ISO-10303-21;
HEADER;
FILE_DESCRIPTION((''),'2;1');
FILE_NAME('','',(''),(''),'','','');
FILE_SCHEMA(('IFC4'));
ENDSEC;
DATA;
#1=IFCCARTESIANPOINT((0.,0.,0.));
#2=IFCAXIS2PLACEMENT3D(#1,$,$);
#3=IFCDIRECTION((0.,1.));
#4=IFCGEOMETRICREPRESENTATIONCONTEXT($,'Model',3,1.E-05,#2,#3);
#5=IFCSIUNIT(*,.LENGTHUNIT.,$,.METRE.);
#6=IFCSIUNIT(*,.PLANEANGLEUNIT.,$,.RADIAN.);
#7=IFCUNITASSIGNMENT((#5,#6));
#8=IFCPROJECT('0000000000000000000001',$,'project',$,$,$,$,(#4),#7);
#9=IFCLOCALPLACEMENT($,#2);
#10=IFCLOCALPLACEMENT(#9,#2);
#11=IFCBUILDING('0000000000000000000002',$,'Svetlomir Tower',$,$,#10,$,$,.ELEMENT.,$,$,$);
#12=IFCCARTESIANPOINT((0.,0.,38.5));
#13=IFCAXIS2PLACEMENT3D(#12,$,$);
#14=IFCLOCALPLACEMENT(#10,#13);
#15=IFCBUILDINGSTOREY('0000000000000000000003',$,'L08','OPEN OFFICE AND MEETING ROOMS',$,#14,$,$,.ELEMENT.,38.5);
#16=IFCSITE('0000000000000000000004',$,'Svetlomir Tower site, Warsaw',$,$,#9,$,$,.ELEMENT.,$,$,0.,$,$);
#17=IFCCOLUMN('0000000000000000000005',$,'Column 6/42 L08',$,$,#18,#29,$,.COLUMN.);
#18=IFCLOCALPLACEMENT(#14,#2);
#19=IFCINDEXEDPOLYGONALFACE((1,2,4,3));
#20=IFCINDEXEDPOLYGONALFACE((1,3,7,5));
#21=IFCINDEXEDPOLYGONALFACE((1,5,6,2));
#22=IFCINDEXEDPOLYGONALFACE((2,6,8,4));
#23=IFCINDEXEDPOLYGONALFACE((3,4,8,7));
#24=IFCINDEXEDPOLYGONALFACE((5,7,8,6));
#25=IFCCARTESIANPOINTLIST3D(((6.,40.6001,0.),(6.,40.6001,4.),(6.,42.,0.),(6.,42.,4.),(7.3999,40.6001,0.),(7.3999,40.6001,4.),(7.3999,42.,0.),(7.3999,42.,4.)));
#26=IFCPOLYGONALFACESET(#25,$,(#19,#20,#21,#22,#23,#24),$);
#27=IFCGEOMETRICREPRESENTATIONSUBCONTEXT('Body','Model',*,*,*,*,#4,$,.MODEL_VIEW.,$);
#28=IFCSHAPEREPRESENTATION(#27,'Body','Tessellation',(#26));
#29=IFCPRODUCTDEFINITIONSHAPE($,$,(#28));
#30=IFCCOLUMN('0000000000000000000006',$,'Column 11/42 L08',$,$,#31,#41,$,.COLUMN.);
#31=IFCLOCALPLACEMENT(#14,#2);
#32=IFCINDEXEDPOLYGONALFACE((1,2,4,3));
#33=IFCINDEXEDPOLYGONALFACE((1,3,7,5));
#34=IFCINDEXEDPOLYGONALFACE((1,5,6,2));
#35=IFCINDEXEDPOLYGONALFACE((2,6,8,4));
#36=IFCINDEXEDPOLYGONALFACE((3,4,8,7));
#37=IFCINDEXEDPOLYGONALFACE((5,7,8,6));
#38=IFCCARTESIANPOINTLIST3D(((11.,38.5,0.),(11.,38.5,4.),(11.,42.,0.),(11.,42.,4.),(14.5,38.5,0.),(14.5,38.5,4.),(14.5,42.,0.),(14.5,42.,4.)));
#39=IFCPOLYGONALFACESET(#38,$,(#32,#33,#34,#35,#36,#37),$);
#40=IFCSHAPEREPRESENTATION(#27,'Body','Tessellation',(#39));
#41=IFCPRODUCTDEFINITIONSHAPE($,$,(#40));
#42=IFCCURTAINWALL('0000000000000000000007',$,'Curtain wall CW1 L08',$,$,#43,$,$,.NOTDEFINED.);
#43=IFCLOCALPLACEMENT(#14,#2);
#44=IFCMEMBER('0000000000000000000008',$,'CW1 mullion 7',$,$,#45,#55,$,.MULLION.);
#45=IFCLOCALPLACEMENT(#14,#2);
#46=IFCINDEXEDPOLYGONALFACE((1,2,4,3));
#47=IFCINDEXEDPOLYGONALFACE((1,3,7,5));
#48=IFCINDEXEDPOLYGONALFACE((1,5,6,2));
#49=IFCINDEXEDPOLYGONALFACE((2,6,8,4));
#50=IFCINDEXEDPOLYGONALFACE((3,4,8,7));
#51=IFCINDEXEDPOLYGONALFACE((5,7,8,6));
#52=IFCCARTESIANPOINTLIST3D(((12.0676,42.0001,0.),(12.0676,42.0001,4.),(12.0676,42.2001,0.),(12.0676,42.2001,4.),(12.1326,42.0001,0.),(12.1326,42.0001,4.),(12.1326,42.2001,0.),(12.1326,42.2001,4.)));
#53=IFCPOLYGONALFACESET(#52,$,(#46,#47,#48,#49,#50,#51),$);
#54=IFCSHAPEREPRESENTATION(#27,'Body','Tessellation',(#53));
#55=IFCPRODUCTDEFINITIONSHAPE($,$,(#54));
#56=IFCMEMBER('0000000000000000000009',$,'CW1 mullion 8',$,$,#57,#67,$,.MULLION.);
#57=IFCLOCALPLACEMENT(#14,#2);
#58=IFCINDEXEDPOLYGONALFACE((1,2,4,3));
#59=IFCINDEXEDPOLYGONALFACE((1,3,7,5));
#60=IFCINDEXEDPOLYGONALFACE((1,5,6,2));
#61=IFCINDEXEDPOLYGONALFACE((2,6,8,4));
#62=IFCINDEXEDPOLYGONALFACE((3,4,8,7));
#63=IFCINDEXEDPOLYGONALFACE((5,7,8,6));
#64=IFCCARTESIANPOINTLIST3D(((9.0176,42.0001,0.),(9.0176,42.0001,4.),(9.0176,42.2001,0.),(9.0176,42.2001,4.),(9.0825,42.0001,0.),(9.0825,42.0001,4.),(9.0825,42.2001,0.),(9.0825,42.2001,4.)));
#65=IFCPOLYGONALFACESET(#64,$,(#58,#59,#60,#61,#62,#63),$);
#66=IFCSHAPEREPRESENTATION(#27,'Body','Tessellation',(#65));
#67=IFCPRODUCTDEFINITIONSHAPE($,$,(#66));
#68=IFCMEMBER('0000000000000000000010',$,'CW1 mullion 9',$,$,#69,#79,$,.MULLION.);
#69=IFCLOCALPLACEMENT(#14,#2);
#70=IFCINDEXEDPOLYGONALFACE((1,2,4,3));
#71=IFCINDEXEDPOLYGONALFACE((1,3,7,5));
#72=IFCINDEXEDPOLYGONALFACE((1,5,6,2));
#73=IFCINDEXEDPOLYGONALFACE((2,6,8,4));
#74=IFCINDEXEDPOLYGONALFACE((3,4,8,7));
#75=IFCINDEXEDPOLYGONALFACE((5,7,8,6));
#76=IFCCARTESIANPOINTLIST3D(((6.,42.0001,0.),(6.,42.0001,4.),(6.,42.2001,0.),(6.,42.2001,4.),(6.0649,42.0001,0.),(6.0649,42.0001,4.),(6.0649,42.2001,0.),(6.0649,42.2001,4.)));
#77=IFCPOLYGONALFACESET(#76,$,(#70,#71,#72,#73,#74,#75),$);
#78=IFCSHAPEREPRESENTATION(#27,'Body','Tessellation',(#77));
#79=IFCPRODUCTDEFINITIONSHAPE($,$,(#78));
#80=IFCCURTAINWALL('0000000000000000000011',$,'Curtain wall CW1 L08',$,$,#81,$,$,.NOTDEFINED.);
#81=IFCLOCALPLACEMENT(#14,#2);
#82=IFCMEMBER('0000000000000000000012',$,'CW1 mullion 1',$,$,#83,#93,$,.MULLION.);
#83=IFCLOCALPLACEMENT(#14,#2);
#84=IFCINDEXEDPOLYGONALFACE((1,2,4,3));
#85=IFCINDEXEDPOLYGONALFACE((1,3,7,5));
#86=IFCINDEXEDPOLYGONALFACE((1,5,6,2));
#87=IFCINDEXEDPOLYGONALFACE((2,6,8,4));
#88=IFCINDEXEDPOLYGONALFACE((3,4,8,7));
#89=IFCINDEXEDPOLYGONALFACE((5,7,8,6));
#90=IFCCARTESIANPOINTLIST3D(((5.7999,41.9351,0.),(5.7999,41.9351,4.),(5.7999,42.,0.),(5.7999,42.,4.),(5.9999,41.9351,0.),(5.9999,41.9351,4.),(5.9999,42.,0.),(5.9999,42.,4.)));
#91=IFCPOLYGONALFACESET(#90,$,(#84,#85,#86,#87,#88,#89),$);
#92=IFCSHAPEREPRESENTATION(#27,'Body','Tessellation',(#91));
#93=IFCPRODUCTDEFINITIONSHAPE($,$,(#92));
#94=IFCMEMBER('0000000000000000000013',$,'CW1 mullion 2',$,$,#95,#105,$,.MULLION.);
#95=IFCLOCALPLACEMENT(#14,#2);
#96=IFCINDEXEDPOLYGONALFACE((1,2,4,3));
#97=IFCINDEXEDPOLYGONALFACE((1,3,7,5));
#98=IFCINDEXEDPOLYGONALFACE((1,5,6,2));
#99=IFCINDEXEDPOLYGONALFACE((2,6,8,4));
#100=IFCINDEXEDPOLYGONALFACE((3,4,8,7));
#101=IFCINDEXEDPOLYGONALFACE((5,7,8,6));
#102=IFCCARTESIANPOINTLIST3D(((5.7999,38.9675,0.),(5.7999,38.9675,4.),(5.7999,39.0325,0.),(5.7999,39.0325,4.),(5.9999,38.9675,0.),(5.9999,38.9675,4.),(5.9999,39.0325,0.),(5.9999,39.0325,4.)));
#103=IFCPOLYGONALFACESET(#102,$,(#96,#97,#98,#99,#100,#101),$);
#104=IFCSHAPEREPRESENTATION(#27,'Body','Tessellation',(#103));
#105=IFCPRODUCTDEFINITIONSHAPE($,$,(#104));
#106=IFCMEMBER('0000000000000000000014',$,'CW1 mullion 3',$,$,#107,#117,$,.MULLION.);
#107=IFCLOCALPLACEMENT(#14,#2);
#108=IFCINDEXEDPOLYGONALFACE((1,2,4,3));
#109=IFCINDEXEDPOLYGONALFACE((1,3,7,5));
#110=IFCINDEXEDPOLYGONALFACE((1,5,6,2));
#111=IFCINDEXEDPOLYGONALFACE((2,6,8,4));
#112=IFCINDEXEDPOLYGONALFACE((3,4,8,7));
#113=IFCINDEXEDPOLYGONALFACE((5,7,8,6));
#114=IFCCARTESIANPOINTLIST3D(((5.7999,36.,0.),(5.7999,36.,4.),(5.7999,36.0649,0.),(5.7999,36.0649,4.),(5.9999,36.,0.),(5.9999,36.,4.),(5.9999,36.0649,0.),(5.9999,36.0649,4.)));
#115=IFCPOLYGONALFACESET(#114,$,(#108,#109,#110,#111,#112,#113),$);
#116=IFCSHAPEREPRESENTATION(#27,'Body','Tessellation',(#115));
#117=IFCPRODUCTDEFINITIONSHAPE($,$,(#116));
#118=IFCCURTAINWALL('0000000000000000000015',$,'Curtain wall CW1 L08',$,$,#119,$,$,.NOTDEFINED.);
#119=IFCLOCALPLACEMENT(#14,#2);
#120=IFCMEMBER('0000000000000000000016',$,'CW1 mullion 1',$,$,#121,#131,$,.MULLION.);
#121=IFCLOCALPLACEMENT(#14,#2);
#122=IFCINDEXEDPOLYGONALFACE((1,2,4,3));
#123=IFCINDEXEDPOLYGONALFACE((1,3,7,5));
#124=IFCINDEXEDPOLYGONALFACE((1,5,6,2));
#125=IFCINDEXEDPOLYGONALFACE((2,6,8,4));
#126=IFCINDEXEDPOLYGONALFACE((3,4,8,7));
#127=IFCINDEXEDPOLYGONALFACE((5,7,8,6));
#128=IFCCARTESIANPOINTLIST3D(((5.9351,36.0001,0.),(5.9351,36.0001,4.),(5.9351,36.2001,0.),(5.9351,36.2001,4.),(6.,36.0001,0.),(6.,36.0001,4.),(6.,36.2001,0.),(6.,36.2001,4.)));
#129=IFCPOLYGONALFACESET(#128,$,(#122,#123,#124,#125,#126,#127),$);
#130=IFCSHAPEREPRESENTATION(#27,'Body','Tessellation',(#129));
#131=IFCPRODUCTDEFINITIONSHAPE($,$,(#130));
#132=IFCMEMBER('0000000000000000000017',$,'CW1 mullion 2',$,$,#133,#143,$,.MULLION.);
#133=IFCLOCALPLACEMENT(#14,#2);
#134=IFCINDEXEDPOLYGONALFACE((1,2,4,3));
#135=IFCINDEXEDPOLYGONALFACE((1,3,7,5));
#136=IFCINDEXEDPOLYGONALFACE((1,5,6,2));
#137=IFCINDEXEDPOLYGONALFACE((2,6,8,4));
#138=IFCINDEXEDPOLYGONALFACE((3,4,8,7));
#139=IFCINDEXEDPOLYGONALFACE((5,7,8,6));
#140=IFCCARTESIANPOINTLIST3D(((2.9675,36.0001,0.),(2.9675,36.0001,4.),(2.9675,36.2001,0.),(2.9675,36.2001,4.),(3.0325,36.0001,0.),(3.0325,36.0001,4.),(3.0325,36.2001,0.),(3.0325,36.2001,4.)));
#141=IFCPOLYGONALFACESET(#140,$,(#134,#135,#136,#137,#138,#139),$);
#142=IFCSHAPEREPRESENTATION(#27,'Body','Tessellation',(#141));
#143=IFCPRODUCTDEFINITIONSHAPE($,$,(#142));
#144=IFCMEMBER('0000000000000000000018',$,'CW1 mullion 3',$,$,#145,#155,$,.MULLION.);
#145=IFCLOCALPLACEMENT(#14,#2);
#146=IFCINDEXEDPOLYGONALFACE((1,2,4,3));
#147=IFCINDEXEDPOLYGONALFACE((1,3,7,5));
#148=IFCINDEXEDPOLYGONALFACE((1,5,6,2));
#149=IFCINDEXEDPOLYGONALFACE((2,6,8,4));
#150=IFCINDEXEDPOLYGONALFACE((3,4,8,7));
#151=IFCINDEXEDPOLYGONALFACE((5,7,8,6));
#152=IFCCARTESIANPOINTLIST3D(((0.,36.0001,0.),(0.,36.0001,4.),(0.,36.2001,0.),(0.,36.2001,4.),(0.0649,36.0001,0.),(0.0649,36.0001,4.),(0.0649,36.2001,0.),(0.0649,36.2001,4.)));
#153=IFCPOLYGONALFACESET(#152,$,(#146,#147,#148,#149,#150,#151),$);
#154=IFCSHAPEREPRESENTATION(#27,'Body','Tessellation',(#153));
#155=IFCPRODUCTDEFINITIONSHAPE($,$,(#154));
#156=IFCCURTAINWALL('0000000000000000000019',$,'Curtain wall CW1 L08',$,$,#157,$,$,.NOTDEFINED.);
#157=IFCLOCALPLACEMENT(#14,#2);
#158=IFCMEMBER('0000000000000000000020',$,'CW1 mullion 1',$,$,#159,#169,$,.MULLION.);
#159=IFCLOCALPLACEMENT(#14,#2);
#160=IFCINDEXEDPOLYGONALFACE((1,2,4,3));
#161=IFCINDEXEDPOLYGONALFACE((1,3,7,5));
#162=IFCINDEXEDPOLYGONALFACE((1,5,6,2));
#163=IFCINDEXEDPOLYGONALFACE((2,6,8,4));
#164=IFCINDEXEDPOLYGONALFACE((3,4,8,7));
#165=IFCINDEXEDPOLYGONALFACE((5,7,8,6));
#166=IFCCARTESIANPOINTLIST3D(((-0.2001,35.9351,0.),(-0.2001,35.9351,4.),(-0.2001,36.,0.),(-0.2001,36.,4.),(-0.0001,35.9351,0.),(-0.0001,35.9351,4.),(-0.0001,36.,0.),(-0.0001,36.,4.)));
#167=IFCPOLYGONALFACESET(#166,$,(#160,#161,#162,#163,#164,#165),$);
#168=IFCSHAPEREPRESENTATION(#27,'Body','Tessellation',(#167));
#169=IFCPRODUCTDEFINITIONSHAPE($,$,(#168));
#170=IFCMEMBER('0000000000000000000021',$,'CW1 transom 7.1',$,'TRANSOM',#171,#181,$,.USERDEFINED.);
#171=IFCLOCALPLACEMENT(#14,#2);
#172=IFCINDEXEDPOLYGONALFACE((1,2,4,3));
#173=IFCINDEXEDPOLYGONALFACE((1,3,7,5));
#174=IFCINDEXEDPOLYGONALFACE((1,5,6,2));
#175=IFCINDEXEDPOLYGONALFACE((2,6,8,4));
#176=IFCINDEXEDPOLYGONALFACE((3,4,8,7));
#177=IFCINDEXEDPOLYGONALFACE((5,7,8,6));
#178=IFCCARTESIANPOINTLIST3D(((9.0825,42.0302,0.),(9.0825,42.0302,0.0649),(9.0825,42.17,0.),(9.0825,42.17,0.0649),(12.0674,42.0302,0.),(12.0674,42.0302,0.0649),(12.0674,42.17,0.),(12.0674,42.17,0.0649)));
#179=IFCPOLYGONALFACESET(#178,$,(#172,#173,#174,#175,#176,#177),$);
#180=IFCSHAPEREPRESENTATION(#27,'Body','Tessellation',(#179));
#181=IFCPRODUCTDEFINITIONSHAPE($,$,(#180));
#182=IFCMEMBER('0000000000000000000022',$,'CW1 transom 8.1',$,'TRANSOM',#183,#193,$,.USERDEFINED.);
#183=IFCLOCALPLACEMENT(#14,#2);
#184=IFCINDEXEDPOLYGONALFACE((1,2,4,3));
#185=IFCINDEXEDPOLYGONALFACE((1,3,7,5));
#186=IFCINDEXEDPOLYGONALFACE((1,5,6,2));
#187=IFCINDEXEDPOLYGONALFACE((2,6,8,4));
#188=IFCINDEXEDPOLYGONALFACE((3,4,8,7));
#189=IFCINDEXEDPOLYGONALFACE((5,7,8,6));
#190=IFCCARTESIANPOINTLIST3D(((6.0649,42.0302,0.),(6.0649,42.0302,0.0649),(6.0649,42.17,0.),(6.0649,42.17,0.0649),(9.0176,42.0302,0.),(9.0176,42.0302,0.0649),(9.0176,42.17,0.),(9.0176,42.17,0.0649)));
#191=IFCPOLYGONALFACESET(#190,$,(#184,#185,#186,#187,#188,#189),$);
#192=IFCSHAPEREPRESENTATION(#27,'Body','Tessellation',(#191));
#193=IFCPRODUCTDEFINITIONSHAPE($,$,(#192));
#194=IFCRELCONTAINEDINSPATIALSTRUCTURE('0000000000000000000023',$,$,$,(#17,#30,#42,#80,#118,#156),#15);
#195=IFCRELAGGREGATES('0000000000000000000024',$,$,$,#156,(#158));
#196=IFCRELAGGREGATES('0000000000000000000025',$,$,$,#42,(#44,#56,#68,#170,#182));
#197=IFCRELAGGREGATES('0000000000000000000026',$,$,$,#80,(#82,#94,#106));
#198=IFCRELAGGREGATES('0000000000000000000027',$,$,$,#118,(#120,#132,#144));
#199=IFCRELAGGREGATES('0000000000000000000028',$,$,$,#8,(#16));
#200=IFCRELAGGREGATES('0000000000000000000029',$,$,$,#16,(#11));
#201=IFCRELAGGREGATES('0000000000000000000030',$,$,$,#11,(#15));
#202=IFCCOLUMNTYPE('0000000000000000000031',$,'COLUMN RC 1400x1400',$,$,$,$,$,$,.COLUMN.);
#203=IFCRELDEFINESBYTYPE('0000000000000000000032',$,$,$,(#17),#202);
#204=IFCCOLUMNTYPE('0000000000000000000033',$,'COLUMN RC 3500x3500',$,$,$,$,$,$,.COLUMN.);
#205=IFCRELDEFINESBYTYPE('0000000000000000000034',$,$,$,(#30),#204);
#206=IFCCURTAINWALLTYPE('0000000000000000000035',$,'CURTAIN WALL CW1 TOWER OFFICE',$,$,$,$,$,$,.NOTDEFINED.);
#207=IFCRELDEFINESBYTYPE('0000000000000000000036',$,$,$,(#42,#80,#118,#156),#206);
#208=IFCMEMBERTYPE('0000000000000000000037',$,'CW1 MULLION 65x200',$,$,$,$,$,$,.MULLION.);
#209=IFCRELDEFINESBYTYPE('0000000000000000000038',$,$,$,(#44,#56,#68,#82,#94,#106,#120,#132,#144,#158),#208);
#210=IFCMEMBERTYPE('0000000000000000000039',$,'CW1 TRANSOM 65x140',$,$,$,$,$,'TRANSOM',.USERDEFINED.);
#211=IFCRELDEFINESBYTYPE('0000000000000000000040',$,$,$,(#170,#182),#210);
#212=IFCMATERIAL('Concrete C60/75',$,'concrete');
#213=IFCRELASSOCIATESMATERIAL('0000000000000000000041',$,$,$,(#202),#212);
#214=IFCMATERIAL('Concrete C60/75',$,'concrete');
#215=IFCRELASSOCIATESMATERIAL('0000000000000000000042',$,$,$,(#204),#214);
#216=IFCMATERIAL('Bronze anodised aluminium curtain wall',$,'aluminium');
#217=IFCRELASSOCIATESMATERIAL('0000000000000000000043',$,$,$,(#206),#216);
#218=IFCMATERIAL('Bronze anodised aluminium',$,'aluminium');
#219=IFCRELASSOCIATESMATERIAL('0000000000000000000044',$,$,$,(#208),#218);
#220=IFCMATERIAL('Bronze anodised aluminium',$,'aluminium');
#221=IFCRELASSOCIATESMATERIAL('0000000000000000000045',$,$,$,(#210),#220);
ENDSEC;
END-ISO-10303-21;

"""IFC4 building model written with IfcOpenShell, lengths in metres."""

from ifc_helpers import new_model, si_unit, direction, frame, origin, origin_2d, place, context, subcontext, project, spatial, rectangle, extrude, material, material_profile, profile_set, type_object, element, aggregate, save


model = new_model("IFC4")

# Units and contexts
model_context = context("Model", 3, precision=1e-05, world=origin(), true_north=direction((0.0, 1.0)))
body_context = subcontext(model_context, "Body", "Model", "MODEL_VIEW")
ifc_project = project(units=[si_unit("LENGTHUNIT", "METRE"), si_unit("PLANEANGLEUNIT", "RADIAN")], contexts=[model_context])

# Site, building, storey
site_placement = place(None, origin())
site = spatial("IfcSite", under=ifc_project, at=site_placement, Name="Svetlomir Tower site, Warsaw", CompositionType="ELEMENT", RefElevation=0.0)
building_placement = place(site_placement, origin())
building = spatial("IfcBuilding", under=site, at=building_placement, Name="Svetlomir Tower", CompositionType="ELEMENT")
storey_placement = place(building_placement, frame((0.0, 0.0, 38.5)))
storey = spatial("IfcBuildingStorey", under=building, at=storey_placement, Name="L08", Description="OPEN OFFICE AND MEETING ROOMS", CompositionType="ELEMENT", Elevation=38.5)

# Columns
ifc_material_1 = material(Name="Concrete C60/75", Category="concrete")
ifc_material_profile_1 = material_profile(ifc_material_1, rectangle(XDim=1.3999, YDim=1.3999, at=origin_2d()), Name="RC 1400x1400")
ifc_profile_set_1 = profile_set([ifc_material_profile_1], Name="Concrete C60/75")
column_type_1 = type_object("IfcColumnType", Name="COLUMN RC 1400x1400", PredefinedType="COLUMN", material=ifc_profile_set_1)
column_1_placement = place(storey_placement, frame((6.7, 41.3, 0.0), z_axis=(0.0, 0.0, 1.0), x_axis=(1.0, 0.0, 0.0)))
element("IfcColumn", 1, at=column_1_placement, inside=storey, type_object=column_type_1, Name="Column 6/42 L08", PredefinedType="COLUMN", context=body_context, shape_type="SweptSolid", body=[
    extrude(rectangle(XDim=1.3999, YDim=1.3999, at=origin_2d()), origin(), (0.0, 0.0, 1.0), 4.0),
])
ifc_material_2 = material(Name="Concrete C60/75", Category="concrete")
ifc_material_profile_2 = material_profile(ifc_material_2, rectangle(XDim=3.5, YDim=3.5, at=origin_2d()), Name="RC 3500x3500")
ifc_profile_set_2 = profile_set([ifc_material_profile_2], Name="Concrete C60/75")
column_type_2 = type_object("IfcColumnType", Name="COLUMN RC 3500x3500", PredefinedType="COLUMN", material=ifc_profile_set_2)
column_2_placement = place(storey_placement, frame((12.75, 40.25, 0.0), z_axis=(0.0, 0.0, 1.0), x_axis=(1.0, 0.0, 0.0)))
element("IfcColumn", 2, at=column_2_placement, inside=storey, type_object=column_type_2, Name="Column 11/42 L08", PredefinedType="COLUMN", context=body_context, shape_type="SweptSolid", body=[
    extrude(rectangle(XDim=3.5, YDim=3.5, at=origin_2d()), origin(), (0.0, 0.0, 1.0), 4.0),
])

# Curtain walls, members
ifc_material_3 = material(Name="Bronze anodised aluminium curtain wall", Category="aluminium")
curtain_wall_type = type_object("IfcCurtainWallType", Name="CURTAIN WALL CW1 TOWER OFFICE", PredefinedType="NOTDEFINED", material=ifc_material_3)
curtain_wall_1_placement = place(storey_placement, origin())
curtain_wall_1 = element("IfcCurtainWall", 3, at=curtain_wall_1_placement, inside=storey, type_object=curtain_wall_type, Name="Curtain wall CW1 L08", PredefinedType="NOTDEFINED")
ifc_material_4 = material(Name="Bronze anodised aluminium", Category="aluminium")
ifc_material_profile_3 = material_profile(ifc_material_4, rectangle(XDim=0.0649, YDim=0.2, at=origin_2d()), Name="AL 65x200")
ifc_profile_set_3 = profile_set([ifc_material_profile_3], Name="Bronze anodised aluminium 6063-T6")
member_type_1 = type_object("IfcMemberType", Name="CW1 MULLION 65x200", PredefinedType="MULLION", material=ifc_profile_set_3)
member_1_placement = place(storey_placement, frame((12.1001, 42.1001, 0.0), z_axis=(0.0, 0.0, 1.0), x_axis=(-1.0, 0.0, 0.0)))
member_1 = element("IfcMember", 4, at=member_1_placement, type_object=member_type_1, Name="CW1 mullion 7", PredefinedType="MULLION", context=body_context, shape_type="SweptSolid", body=[
    extrude(rectangle(XDim=0.0649, YDim=0.2, at=origin_2d()), origin(), (0.0, 0.0, 1.0), 4.0),
])
member_2_placement = place(storey_placement, frame((9.05, 42.1001, 0.0), z_axis=(0.0, 0.0, 1.0), x_axis=(-1.0, 0.0, 0.0)))
member_2 = element("IfcMember", 5, at=member_2_placement, type_object=member_type_1, Name="CW1 mullion 8", PredefinedType="MULLION", context=body_context, shape_type="SweptSolid", body=[
    extrude(rectangle(XDim=0.0649, YDim=0.2, at=origin_2d()), origin(), (0.0, 0.0, 1.0), 4.0),
])
member_3_placement = place(storey_placement, frame((6.0325, 42.1001, 0.0), z_axis=(0.0, 0.0, 1.0), x_axis=(-1.0, 0.0, 0.0)))
member_3 = element("IfcMember", 6, at=member_3_placement, type_object=member_type_1, Name="CW1 mullion 9", PredefinedType="MULLION", context=body_context, shape_type="SweptSolid", body=[
    extrude(rectangle(XDim=0.0649, YDim=0.2, at=origin_2d()), origin(), (0.0, 0.0, 1.0), 4.0),
])
curtain_wall_2_placement = place(storey_placement, origin())
curtain_wall_2 = element("IfcCurtainWall", 7, at=curtain_wall_2_placement, inside=storey, type_object=curtain_wall_type, Name="Curtain wall CW1 L08", PredefinedType="NOTDEFINED")
member_4_placement = place(storey_placement, frame((5.8999, 41.9675, 0.0), z_axis=(0.0, 0.0, 1.0), x_axis=(0.0, -1.0, 0.0)))
member_4 = element("IfcMember", 8, at=member_4_placement, type_object=member_type_1, Name="CW1 mullion 1", PredefinedType="MULLION", context=body_context, shape_type="SweptSolid", body=[
    extrude(rectangle(XDim=0.0649, YDim=0.2, at=origin_2d()), origin(), (0.0, 0.0, 1.0), 4.0),
])
member_5_placement = place(storey_placement, frame((5.8999, 39.0, 0.0), z_axis=(0.0, 0.0, 1.0), x_axis=(0.0, -1.0, 0.0)))
member_5 = element("IfcMember", 9, at=member_5_placement, type_object=member_type_1, Name="CW1 mullion 2", PredefinedType="MULLION", context=body_context, shape_type="SweptSolid", body=[
    extrude(rectangle(XDim=0.0649, YDim=0.2, at=origin_2d()), origin(), (0.0, 0.0, 1.0), 4.0),
])
member_6_placement = place(storey_placement, frame((5.8999, 36.0325, 0.0), z_axis=(0.0, 0.0, 1.0), x_axis=(0.0, -1.0, 0.0)))
member_6 = element("IfcMember", 10, at=member_6_placement, type_object=member_type_1, Name="CW1 mullion 3", PredefinedType="MULLION", context=body_context, shape_type="SweptSolid", body=[
    extrude(rectangle(XDim=0.0649, YDim=0.2, at=origin_2d()), origin(), (0.0, 0.0, 1.0), 4.0),
])
curtain_wall_3_placement = place(storey_placement, origin())
curtain_wall_3 = element("IfcCurtainWall", 11, at=curtain_wall_3_placement, inside=storey, type_object=curtain_wall_type, Name="Curtain wall CW1 L08", PredefinedType="NOTDEFINED")
member_7_placement = place(storey_placement, frame((5.9675, 36.1001, 0.0), z_axis=(0.0, 0.0, 1.0), x_axis=(-1.0, 0.0, 0.0)))
member_7 = element("IfcMember", 12, at=member_7_placement, type_object=member_type_1, Name="CW1 mullion 1", PredefinedType="MULLION", context=body_context, shape_type="SweptSolid", body=[
    extrude(rectangle(XDim=0.0649, YDim=0.2, at=origin_2d()), origin(), (0.0, 0.0, 1.0), 4.0),
])
member_8_placement = place(storey_placement, frame((3.0, 36.1001, 0.0), z_axis=(0.0, 0.0, 1.0), x_axis=(-1.0, 0.0, 0.0)))
member_8 = element("IfcMember", 13, at=member_8_placement, type_object=member_type_1, Name="CW1 mullion 2", PredefinedType="MULLION", context=body_context, shape_type="SweptSolid", body=[
    extrude(rectangle(XDim=0.0649, YDim=0.2, at=origin_2d()), origin(), (0.0, 0.0, 1.0), 4.0),
])
member_9_placement = place(storey_placement, frame((0.0325, 36.1001, 0.0), z_axis=(0.0, 0.0, 1.0), x_axis=(-1.0, 0.0, 0.0)))
member_9 = element("IfcMember", 14, at=member_9_placement, type_object=member_type_1, Name="CW1 mullion 3", PredefinedType="MULLION", context=body_context, shape_type="SweptSolid", body=[
    extrude(rectangle(XDim=0.0649, YDim=0.2, at=origin_2d()), origin(), (0.0, 0.0, 1.0), 4.0),
])

# Curtain wall, member
curtain_wall_4_placement = place(storey_placement, origin())
curtain_wall_4 = element("IfcCurtainWall", 15, at=curtain_wall_4_placement, inside=storey, type_object=curtain_wall_type, Name="Curtain wall CW1 L08", PredefinedType="NOTDEFINED")
member_10_placement = place(storey_placement, frame((-0.1001, 35.9675, 0.0), z_axis=(0.0, 0.0, 1.0), x_axis=(0.0, -1.0, 0.0)))
member_10 = element("IfcMember", 16, at=member_10_placement, type_object=member_type_1, Name="CW1 mullion 1", PredefinedType="MULLION", context=body_context, shape_type="SweptSolid", body=[
    extrude(rectangle(XDim=0.0649, YDim=0.2, at=origin_2d()), origin(), (0.0, 0.0, 1.0), 4.0),
])

# Members
ifc_material_5 = material(Name="Bronze anodised aluminium", Category="aluminium")
ifc_material_profile_4 = material_profile(ifc_material_5, rectangle(XDim=0.1399, YDim=0.0649, at=origin_2d()), Name="AL 140x65")
ifc_profile_set_4 = profile_set([ifc_material_profile_4], Name="Bronze anodised aluminium 6063-T6")
member_type_2 = type_object("IfcMemberType", Name="CW1 TRANSOM 65x140", ElementType="TRANSOM", PredefinedType="USERDEFINED", material=ifc_profile_set_4)
member_11_placement = place(storey_placement, frame((12.0674, 42.1001, 0.0325), z_axis=(-1.0, 0.0, 0.0), x_axis=(0.0, -1.0, 0.0)))
member_11 = element("IfcMember", 17, at=member_11_placement, type_object=member_type_2, Name="CW1 transom 7.1", ObjectType="TRANSOM", PredefinedType="USERDEFINED", context=body_context, shape_type="SweptSolid", body=[
    extrude(rectangle(XDim=0.1399, YDim=0.0649, at=origin_2d()), origin(), (0.0, 0.0, 1.0), 2.9849),
])
member_12_placement = place(storey_placement, frame((9.0176, 42.1001, 0.0325), z_axis=(-1.0, 0.0, 0.0), x_axis=(0.0, -1.0, 0.0)))
member_12 = element("IfcMember", 18, at=member_12_placement, type_object=member_type_2, Name="CW1 transom 8.1", ObjectType="TRANSOM", PredefinedType="USERDEFINED", context=body_context, shape_type="SweptSolid", body=[
    extrude(rectangle(XDim=0.1399, YDim=0.0649, at=origin_2d()), origin(), (0.0, 0.0, 1.0), 2.9526),
])
aggregate(curtain_wall_4, [member_10])

aggregate(curtain_wall_1, [member_1, member_2, member_3, member_11, member_12])
aggregate(curtain_wall_2, [member_4, member_5, member_6])
aggregate(curtain_wall_3, [member_7, member_8, member_9])

save(model, "model.ifc")
